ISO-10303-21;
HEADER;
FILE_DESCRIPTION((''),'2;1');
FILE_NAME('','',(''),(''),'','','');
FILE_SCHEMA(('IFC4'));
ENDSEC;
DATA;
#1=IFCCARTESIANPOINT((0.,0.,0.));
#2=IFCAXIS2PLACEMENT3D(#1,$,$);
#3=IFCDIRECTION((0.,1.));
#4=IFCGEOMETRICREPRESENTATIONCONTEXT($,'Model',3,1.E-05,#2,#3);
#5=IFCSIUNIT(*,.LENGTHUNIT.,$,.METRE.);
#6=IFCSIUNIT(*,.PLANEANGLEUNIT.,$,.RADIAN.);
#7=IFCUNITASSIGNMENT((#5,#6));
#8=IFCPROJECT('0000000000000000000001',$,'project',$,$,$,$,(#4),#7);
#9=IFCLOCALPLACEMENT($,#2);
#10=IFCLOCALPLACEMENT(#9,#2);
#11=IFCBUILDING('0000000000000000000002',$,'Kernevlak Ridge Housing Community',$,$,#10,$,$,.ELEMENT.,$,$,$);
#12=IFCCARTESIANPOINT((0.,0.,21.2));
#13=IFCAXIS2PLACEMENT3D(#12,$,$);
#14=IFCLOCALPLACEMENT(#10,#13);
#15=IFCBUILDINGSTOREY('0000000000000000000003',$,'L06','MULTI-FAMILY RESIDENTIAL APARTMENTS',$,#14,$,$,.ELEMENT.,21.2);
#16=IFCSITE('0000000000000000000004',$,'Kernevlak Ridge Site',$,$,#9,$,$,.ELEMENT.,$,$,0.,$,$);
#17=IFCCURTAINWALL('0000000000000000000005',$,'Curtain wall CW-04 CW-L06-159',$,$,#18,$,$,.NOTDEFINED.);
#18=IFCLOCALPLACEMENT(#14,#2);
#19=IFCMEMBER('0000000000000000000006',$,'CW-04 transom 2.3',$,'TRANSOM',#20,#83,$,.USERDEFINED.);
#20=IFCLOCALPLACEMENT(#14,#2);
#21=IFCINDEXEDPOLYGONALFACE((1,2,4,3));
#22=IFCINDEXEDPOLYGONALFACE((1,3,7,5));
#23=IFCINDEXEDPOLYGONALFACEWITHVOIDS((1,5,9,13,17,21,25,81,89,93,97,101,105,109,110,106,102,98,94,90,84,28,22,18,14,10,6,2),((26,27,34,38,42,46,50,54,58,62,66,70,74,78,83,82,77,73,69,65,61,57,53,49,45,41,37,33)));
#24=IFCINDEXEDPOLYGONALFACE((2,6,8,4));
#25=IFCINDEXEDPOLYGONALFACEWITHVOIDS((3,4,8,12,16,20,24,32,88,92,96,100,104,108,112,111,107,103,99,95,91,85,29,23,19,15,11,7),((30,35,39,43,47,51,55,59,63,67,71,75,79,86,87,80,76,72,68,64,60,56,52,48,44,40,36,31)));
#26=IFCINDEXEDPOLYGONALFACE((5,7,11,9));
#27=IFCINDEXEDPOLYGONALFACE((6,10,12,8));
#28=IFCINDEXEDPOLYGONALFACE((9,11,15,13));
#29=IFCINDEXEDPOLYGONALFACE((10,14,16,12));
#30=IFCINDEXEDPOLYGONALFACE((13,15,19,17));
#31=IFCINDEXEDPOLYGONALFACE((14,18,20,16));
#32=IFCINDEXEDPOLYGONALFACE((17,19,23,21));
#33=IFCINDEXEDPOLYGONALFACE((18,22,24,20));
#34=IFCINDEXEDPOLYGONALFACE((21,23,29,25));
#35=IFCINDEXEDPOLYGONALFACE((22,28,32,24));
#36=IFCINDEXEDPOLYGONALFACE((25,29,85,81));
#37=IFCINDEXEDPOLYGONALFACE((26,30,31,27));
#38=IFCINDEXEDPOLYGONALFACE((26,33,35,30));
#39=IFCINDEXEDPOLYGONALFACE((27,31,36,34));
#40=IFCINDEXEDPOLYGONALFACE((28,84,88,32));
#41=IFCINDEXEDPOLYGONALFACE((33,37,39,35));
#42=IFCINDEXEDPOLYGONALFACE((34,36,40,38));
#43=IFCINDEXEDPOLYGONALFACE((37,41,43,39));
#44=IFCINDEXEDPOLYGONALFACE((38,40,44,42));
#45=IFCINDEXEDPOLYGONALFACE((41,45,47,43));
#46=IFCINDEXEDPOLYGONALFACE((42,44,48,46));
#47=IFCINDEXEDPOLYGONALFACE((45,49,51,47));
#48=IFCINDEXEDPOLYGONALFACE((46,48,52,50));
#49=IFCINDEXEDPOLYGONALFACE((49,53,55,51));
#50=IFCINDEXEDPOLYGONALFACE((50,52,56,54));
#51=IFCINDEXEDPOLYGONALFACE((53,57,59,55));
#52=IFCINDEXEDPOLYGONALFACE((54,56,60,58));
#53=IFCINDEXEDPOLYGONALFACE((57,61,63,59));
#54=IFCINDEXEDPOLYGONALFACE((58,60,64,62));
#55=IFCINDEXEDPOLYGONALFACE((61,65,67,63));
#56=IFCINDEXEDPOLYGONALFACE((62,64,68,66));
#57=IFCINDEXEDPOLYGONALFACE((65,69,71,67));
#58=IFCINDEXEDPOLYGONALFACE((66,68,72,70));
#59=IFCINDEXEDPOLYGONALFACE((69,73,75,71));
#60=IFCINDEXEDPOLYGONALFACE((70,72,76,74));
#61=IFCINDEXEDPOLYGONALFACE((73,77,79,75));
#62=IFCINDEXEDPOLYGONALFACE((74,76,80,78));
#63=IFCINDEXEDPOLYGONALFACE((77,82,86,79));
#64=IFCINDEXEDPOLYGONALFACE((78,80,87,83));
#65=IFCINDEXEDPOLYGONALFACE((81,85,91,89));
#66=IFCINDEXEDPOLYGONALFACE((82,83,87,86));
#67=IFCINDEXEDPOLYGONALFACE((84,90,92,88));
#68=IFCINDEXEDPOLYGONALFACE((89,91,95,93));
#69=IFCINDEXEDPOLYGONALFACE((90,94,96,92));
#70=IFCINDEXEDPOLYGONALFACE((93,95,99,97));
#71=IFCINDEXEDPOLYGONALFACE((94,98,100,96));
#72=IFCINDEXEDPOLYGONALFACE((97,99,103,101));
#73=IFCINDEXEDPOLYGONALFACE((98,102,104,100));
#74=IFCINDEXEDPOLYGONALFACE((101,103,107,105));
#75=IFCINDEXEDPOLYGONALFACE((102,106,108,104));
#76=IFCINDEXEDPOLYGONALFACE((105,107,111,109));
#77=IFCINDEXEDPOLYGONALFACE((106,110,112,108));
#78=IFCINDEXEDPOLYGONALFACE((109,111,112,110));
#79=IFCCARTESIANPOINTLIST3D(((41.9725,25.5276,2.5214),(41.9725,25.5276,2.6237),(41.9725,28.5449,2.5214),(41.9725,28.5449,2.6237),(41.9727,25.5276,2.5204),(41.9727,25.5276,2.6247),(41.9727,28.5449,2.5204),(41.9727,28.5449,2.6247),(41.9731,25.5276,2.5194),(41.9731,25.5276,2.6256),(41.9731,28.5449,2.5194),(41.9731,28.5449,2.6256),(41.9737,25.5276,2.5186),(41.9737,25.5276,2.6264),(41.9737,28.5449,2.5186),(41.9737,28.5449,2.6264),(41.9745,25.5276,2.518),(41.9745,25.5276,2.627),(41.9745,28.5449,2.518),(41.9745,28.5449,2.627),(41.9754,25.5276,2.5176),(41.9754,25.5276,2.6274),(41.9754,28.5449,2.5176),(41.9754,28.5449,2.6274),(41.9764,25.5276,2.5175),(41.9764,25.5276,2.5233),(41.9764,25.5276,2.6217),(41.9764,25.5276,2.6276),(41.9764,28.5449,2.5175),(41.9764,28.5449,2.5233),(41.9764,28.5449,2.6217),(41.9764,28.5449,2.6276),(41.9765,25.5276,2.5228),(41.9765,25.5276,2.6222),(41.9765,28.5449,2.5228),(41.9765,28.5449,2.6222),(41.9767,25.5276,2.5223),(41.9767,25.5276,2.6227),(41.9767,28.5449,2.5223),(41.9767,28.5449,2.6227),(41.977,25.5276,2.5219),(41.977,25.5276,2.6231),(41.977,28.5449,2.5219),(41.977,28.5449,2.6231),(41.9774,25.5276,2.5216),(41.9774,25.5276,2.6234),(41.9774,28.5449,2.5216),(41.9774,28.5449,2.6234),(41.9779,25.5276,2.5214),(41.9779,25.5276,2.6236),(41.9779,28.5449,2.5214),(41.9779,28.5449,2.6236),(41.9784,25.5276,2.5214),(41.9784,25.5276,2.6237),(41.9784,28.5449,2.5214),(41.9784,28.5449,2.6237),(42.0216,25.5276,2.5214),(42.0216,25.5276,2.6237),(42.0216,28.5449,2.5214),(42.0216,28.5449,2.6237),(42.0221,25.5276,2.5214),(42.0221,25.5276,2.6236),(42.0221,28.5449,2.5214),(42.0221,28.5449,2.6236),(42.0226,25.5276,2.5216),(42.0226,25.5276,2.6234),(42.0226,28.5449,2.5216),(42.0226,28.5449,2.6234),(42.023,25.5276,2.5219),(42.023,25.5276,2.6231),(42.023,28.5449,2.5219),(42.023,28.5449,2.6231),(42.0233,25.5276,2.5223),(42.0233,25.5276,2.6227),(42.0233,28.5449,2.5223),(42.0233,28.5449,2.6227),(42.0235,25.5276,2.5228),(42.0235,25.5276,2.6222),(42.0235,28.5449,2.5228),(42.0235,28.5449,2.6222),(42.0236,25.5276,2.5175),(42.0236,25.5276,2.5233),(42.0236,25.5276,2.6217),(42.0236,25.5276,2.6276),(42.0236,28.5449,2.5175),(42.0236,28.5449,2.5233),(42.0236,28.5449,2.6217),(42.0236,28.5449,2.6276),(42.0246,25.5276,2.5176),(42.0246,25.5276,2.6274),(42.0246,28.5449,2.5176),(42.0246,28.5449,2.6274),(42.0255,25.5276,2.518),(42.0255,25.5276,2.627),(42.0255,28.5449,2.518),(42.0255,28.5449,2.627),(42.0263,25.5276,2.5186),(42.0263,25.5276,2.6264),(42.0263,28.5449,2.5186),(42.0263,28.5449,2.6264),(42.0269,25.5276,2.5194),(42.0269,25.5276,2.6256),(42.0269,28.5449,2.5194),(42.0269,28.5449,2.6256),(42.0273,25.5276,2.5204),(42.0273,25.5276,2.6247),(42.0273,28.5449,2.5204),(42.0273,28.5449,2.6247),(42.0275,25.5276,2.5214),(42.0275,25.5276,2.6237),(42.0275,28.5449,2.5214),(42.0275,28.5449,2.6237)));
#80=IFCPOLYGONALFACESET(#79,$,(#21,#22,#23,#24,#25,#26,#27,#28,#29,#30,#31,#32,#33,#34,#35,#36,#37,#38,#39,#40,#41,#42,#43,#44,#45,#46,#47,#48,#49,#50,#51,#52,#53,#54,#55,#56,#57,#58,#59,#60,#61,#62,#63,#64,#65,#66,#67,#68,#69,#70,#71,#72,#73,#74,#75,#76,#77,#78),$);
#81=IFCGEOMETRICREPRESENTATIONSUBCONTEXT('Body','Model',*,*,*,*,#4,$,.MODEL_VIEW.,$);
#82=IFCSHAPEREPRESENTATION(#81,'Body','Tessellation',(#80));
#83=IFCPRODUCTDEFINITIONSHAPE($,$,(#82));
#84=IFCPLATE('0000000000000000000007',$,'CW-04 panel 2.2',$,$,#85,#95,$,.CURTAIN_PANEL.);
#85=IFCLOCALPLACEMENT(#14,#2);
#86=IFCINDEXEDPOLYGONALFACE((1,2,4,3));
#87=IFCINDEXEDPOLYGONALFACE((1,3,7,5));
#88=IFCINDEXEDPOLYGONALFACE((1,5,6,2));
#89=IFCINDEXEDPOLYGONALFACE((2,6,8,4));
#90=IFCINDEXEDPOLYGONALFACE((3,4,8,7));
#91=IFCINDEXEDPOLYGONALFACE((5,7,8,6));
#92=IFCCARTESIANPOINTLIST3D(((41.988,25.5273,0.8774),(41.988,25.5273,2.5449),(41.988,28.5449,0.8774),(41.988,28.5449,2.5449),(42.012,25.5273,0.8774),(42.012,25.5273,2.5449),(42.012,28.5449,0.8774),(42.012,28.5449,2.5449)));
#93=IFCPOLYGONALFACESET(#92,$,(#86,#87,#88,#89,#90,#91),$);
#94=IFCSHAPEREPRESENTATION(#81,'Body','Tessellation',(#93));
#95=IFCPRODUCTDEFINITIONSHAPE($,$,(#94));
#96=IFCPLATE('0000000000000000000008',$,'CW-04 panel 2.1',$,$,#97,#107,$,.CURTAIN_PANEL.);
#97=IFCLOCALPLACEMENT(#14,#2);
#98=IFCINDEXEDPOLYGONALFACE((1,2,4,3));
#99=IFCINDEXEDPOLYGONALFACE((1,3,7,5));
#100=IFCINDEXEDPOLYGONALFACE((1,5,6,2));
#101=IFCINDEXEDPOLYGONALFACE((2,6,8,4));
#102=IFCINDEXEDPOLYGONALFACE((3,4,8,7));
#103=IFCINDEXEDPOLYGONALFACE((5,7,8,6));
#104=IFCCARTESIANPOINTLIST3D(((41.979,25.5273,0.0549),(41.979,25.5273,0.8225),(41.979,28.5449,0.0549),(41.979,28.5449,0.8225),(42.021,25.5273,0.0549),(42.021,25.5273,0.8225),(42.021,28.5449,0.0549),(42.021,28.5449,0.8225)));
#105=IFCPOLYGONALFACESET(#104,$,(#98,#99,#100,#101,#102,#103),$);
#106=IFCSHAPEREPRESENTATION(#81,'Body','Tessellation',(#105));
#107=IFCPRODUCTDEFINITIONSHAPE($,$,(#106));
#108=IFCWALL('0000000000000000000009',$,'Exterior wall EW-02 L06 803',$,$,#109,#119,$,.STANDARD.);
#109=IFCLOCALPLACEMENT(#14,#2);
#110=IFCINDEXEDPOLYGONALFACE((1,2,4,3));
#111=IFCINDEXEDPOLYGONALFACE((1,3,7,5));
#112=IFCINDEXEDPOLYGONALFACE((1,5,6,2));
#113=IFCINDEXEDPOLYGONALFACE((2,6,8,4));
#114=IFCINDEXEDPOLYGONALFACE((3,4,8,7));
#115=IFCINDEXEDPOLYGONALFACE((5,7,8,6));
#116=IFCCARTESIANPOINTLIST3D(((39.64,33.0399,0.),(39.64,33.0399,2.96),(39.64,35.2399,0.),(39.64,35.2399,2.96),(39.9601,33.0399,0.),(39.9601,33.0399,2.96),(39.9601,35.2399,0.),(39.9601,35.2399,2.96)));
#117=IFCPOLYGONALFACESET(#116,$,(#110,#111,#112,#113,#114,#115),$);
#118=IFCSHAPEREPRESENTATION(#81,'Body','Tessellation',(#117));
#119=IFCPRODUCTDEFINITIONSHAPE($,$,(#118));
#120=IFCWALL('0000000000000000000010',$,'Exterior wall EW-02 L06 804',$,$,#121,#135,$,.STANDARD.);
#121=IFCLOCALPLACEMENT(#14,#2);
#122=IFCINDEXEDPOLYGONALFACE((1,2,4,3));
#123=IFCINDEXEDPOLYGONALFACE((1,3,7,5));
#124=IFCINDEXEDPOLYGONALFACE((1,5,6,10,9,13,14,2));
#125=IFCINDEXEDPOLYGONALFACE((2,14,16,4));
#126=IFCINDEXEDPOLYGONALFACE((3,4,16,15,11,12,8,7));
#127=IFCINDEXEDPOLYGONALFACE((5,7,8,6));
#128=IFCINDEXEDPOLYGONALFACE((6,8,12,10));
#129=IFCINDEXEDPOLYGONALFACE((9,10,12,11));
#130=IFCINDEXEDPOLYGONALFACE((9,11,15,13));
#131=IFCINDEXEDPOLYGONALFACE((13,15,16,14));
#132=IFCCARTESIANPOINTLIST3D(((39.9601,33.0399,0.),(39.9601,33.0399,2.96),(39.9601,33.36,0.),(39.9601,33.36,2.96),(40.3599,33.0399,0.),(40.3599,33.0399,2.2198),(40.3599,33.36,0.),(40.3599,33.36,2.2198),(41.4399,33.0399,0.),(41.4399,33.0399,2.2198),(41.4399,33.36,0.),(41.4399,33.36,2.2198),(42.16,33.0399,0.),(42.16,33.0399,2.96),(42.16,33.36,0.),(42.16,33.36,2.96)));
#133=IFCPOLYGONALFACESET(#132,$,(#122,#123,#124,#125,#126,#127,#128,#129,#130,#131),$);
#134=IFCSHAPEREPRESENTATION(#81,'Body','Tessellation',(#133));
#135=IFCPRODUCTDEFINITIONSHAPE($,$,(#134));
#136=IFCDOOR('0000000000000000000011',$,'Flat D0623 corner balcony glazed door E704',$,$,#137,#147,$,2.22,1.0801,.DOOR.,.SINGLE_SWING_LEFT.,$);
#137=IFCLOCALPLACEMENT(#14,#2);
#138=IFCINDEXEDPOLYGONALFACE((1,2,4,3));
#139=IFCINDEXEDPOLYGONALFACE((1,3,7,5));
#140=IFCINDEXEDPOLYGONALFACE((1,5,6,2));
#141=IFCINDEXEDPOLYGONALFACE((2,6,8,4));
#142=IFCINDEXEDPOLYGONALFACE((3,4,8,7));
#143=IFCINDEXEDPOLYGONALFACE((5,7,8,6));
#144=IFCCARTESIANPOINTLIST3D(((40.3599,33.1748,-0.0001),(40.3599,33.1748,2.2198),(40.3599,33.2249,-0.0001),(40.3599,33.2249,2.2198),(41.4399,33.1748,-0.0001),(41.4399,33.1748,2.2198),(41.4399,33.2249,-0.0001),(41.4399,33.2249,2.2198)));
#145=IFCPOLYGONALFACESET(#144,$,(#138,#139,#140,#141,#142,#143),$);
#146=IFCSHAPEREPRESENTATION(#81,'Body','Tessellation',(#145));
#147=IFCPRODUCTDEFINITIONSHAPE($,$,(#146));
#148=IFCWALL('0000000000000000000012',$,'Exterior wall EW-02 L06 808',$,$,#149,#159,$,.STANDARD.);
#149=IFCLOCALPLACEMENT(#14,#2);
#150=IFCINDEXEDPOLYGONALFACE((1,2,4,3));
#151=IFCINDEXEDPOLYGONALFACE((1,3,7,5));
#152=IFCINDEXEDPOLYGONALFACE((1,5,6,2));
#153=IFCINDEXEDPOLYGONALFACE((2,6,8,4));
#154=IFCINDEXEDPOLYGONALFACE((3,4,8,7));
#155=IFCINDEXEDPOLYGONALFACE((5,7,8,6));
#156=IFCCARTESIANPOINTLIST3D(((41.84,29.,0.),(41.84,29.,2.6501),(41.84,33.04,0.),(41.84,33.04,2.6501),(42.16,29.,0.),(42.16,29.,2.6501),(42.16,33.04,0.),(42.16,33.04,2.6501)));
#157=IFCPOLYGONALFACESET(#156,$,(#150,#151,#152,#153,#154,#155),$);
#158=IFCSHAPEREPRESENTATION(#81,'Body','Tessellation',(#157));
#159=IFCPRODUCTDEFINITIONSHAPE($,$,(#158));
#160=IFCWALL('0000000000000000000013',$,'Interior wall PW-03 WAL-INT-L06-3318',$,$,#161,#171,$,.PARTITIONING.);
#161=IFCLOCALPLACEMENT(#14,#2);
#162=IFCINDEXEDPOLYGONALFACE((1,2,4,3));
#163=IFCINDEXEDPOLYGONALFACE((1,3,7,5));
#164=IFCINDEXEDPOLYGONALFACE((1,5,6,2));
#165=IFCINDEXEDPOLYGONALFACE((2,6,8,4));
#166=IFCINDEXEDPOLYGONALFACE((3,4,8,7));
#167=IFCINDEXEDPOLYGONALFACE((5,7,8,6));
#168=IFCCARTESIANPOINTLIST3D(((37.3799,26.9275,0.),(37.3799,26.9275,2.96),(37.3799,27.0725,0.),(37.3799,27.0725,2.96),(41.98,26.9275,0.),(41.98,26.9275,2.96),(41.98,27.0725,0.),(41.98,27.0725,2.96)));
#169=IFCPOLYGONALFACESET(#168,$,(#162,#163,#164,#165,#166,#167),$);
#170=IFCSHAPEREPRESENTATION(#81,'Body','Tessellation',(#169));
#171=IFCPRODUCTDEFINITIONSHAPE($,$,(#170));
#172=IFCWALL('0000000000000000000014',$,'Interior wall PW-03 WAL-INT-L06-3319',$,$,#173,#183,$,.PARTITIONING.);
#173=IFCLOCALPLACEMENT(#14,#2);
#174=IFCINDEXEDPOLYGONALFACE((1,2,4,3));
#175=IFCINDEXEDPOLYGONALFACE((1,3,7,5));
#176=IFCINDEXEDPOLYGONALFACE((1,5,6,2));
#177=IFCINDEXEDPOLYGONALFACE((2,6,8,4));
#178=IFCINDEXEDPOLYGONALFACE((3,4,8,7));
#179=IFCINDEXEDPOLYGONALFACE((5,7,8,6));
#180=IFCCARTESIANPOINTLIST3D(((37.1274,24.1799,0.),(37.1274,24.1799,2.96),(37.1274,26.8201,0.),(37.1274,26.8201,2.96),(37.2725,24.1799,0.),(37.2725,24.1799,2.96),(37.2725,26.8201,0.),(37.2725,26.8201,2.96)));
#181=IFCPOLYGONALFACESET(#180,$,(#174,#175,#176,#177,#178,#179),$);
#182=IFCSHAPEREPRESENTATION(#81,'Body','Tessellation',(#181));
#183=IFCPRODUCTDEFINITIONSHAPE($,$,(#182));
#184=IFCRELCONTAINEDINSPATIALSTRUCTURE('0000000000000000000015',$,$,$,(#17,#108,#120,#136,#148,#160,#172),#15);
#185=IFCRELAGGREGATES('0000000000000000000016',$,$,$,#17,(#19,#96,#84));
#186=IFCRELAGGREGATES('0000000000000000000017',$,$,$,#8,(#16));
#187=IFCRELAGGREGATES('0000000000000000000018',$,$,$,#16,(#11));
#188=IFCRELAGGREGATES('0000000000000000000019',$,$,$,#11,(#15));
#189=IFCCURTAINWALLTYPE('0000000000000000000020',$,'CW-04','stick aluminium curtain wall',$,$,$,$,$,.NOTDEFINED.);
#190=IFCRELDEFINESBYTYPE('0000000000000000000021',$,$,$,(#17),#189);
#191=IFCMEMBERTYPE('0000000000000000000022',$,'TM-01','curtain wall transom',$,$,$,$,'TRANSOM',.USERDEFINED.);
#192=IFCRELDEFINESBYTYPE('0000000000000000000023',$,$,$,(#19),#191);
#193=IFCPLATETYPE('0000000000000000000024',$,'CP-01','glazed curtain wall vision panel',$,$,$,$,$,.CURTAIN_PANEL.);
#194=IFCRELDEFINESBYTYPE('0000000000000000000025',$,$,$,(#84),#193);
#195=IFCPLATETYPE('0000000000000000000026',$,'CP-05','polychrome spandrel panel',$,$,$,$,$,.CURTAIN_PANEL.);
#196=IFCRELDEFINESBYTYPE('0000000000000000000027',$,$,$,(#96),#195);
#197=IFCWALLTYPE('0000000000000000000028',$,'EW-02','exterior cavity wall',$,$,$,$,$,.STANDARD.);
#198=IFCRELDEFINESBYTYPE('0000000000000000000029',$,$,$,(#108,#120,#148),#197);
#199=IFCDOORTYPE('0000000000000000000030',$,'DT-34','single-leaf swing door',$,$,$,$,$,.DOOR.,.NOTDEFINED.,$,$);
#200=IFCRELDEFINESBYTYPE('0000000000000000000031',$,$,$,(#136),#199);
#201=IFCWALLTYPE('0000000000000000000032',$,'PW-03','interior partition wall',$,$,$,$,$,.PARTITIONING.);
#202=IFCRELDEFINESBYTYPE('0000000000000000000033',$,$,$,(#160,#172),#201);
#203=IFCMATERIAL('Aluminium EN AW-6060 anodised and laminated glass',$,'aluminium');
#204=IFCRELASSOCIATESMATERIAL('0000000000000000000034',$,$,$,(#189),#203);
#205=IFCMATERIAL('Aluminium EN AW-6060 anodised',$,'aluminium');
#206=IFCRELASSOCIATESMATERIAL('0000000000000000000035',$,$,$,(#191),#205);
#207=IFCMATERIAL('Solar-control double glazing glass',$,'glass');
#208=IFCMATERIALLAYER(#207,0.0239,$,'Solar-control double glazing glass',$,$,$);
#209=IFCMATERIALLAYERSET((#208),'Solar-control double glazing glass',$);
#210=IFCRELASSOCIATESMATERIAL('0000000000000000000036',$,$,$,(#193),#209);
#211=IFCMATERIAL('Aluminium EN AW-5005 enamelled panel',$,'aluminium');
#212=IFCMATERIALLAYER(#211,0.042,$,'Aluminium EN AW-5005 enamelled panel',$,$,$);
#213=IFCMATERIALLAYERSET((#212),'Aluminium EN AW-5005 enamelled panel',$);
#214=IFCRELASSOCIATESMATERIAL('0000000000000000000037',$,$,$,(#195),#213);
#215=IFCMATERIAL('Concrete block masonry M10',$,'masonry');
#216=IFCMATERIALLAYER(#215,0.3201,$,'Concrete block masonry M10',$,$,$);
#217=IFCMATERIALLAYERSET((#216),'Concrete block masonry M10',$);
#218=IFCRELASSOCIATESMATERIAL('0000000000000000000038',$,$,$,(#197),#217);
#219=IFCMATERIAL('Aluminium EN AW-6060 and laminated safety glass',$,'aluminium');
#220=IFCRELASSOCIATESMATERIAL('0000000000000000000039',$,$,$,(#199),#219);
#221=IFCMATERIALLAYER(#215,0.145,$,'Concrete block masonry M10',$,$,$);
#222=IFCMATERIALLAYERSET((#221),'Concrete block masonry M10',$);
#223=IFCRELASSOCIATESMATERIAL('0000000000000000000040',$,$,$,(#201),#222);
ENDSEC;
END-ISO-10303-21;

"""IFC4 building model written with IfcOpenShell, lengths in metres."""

from ifc_helpers import new_model, si_unit, direction, frame, frame_2d, origin, origin_2d, place, context, subcontext, project, spatial, rectangle, hollow_rectangle, extrude, material, layer, layer_set, material_profile, profile_set, type_object, element, fill, aggregate, save


model = new_model("IFC4")

# Units and contexts
model_context = context("Model", 3, precision=1e-05, world=origin(), true_north=direction((0.0, 1.0)))
body_context = subcontext(model_context, "Body", "Model", "MODEL_VIEW")
ifc_project = project(units=[si_unit("LENGTHUNIT", "METRE"), si_unit("PLANEANGLEUNIT", "RADIAN")], contexts=[model_context])

# Site, building, storey
site_placement = place(None, origin())
site = spatial("IfcSite", under=ifc_project, at=site_placement, Name="Kernevlak Ridge Site", CompositionType="ELEMENT", RefElevation=0.0)
building_placement = place(site_placement, origin())
building = spatial("IfcBuilding", under=site, at=building_placement, Name="Kernevlak Ridge Housing Community", CompositionType="ELEMENT")
storey_placement = place(building_placement, frame((0.0, 0.0, 21.2)))
storey = spatial("IfcBuildingStorey", under=building, at=storey_placement, Name="L06", Description="MULTI-FAMILY RESIDENTIAL APARTMENTS", CompositionType="ELEMENT", Elevation=21.2)

# Curtain wall
ifc_material_1 = material(Name="Aluminium EN AW-6060 anodised and laminated glass", Category="aluminium")
curtain_wall_type = type_object("IfcCurtainWallType", Name="CW-04", Description="stick aluminium curtain wall", PredefinedType="NOTDEFINED", material=ifc_material_1)
curtain_wall_placement = place(storey_placement, origin())
curtain_wall = element("IfcCurtainWall", 1, at=curtain_wall_placement, inside=storey, type_object=curtain_wall_type, Name="Curtain wall CW-04 CW-L06-159", PredefinedType="NOTDEFINED")
ifc_material_2 = material(Name="Aluminium EN AW-6060 anodised", Category="aluminium")

# Member
ifc_material_profile_1 = material_profile(ifc_material_2, hollow_rectangle(XDim=0.0549, YDim=0.1101, WallThickness=0.0039, InnerFilletRadius=0.002, OuterFilletRadius=0.0039, at=origin_2d()), Name="ALU 55x110x4")
ifc_profile_set_1 = profile_set([ifc_material_profile_1], Name="Aluminium EN AW-6060 anodised")
member_type_1 = type_object("IfcMemberType", Name="TM-01", Description="curtain wall transom", ElementType="TRANSOM", PredefinedType="USERDEFINED", material=ifc_profile_set_1)
member_1_placement = place(storey_placement, frame((42.0, 25.5276, 2.5725), z_axis=(0.0, 1.0, 0.0), x_axis=(-1.0, 0.0, 0.0)))
member_1 = element("IfcMember", 2, at=member_1_placement, type_object=member_type_1, Name="CW-04 transom 2.3", ObjectType="TRANSOM", PredefinedType="USERDEFINED", context=body_context, shape_type="SweptSolid", body=[
    extrude(hollow_rectangle(XDim=0.0549, YDim=0.1101, WallThickness=0.0039, InnerFilletRadius=0.002, OuterFilletRadius=0.0039, at=origin_2d()), origin(), (0.0, 0.0, 1.0), 3.0173),
])

# Plates
ifc_material_3 = material(Name="Solar-control double glazing glass", Category="glass")
ifc_layer_1 = layer(ifc_material_3, 0.0239, Name="Solar-control double glazing glass")
ifc_layer_set_1 = layer_set([ifc_layer_1], Name="Solar-control double glazing glass")
plate_type_1 = type_object("IfcPlateType", Name="CP-01", Description="glazed curtain wall vision panel", PredefinedType="CURTAIN_PANEL", material=ifc_layer_set_1)
plate_1_placement = place(storey_placement, frame((42.0, 27.0361, 0.8774), z_axis=(0.0, 0.0, 1.0), x_axis=(0.0, 1.0, 0.0)))
plate_1 = element("IfcPlate", 3, at=plate_1_placement, type_object=plate_type_1, Name="CW-04 panel 2.2", PredefinedType="CURTAIN_PANEL", context=body_context, shape_type="SweptSolid", body=[
    extrude(rectangle(XDim=3.0176, YDim=0.0239, at=origin_2d()), origin(), (0.0, 0.0, 1.0), 1.6675),
])
ifc_material_4 = material(Name="Aluminium EN AW-5005 enamelled panel", Category="aluminium")
ifc_layer_2 = layer(ifc_material_4, 0.042, Name="Aluminium EN AW-5005 enamelled panel")
ifc_layer_set_2 = layer_set([ifc_layer_2], Name="Aluminium EN AW-5005 enamelled panel")
plate_type_2 = type_object("IfcPlateType", Name="CP-05", Description="polychrome spandrel panel", PredefinedType="CURTAIN_PANEL", material=ifc_layer_set_2)
plate_2_placement = place(storey_placement, frame((42.0, 27.0361, 0.0549), z_axis=(0.0, 0.0, 1.0), x_axis=(0.0, 1.0, 0.0)))
plate_2 = element("IfcPlate", 4, at=plate_2_placement, type_object=plate_type_2, Name="CW-04 panel 2.1", PredefinedType="CURTAIN_PANEL", context=body_context, shape_type="SweptSolid", body=[
    extrude(rectangle(XDim=3.0176, YDim=0.042, at=origin_2d()), origin(), (0.0, 0.0, 1.0), 0.7676),
])
aggregate(curtain_wall, [member_1, plate_2, plate_1])

# Wall
ifc_material_5 = material(Name="Concrete block masonry M10", Category="masonry")
ifc_layer_3 = layer(ifc_material_5, 0.3201, Name="Concrete block masonry M10")
ifc_layer_set_3 = layer_set([ifc_layer_3], Name="Concrete block masonry M10")
wall_type_1 = type_object("IfcWallType", Name="EW-02", Description="exterior cavity wall", PredefinedType="STANDARD", material=ifc_layer_set_3)
wall_1_placement = place(storey_placement, frame((39.8, 35.24, 0.0), z_axis=(0.0, 0.0, 1.0), x_axis=(0.0, -1.0, 0.0)))
element("IfcWall", 5, at=wall_1_placement, inside=storey, type_object=wall_type_1, Name="Exterior wall EW-02 L06 803", PredefinedType="STANDARD", context=body_context, shape_type="SweptSolid", body=[
    extrude(rectangle(XDim=2.2, YDim=0.3201, at=frame_2d((1.1001, 0.0))), origin(), (0.0, 0.0, 1.0), 2.96),
])

# Wall, opening, door
wall_2_placement = place(storey_placement, frame((39.96, 33.2, 0.0), z_axis=(0.0, 0.0, 1.0), x_axis=(1.0, 0.0, 0.0)))
wall_2 = element("IfcWall", 6, at=wall_2_placement, inside=storey, type_object=wall_type_1, Name="Exterior wall EW-02 L06 804", PredefinedType="STANDARD", context=body_context, shape_type="SweptSolid", body=[
    extrude(rectangle(XDim=2.2, YDim=0.3201, at=frame_2d((1.1001, 0.0))), origin(), (0.0, 0.0, 1.0), 2.96),
])
opening_1_placement = place(wall_2_placement, frame((0.3999, 0.0, 0.0)))
opening_1 = element("IfcOpeningElement", 7, at=opening_1_placement, cuts=wall_2, PredefinedType="OPENING", context=body_context, shape_type="SweptSolid", body=[
    extrude(rectangle(XDim=1.0801, YDim=2.22, at=frame_2d((0.54, 1.1099))), frame((0.0, 0.1699, 0.0), z_axis=(0.0, -1.0, 0.0), x_axis=(1.0, 0.0, 0.0)), (0.0, 0.0, 1.0), 0.3401),
])
ifc_material_6 = material(Name="Aluminium EN AW-6060 and laminated safety glass", Category="aluminium")
door_type_1 = type_object("IfcDoorType", Name="DT-34", Description="single-leaf swing door", OperationType="NOTDEFINED", PredefinedType="DOOR", material=ifc_material_6)
door_1_placement = place(opening_1_placement, origin())
door_1 = element("IfcDoor", 8, at=door_1_placement, inside=storey, type_object=door_type_1, Name="Flat D0623 corner balcony glazed door E704", OperationType="SINGLE_SWING_LEFT", OverallHeight=2.22, OverallWidth=1.0801, PredefinedType="DOOR", context=body_context, shape_type="SweptSolid", body=[
    extrude(rectangle(XDim=1.0801, YDim=2.22, at=frame_2d((0.54, 1.1099))), frame((0.0, 0.0249, 0.0), z_axis=(0.0, -1.0, 0.0), x_axis=(1.0, 0.0, 0.0)), (0.0, 0.0, 1.0), 0.05),
])
fill(opening_1, door_1)

# Walls
wall_3_placement = place(storey_placement, frame((42.0, 29.0, 0.0), z_axis=(0.0, 0.0, 1.0), x_axis=(0.0, 1.0, 0.0)))
element("IfcWall", 9, at=wall_3_placement, inside=storey, type_object=wall_type_1, Name="Exterior wall EW-02 L06 808", PredefinedType="STANDARD", context=body_context, shape_type="SweptSolid", body=[
    extrude(rectangle(XDim=4.04, YDim=0.3201, at=frame_2d((2.02, 0.0))), origin(), (0.0, 0.0, 1.0), 2.6501),
])
ifc_layer_4 = layer(ifc_material_5, 0.145, Name="Concrete block masonry M10")
ifc_layer_set_4 = layer_set([ifc_layer_4], Name="Concrete block masonry M10")
wall_type_2 = type_object("IfcWallType", Name="PW-03", Description="interior partition wall", PredefinedType="PARTITIONING", material=ifc_layer_set_4)
wall_4_placement = place(storey_placement, frame((37.3799, 27.0, 0.0), z_axis=(0.0, 0.0, 1.0), x_axis=(1.0, 0.0, 0.0)))
element("IfcWall", 10, at=wall_4_placement, inside=storey, type_object=wall_type_2, Name="Interior wall PW-03 WAL-INT-L06-3318", PredefinedType="PARTITIONING", context=body_context, shape_type="SweptSolid", body=[
    extrude(rectangle(XDim=4.6001, YDim=0.145, at=frame_2d((2.3, 0.0))), origin(), (0.0, 0.0, 1.0), 2.96),
])
wall_5_placement = place(storey_placement, frame((37.2, 24.1799, 0.0), z_axis=(0.0, 0.0, 1.0), x_axis=(0.0, 1.0, 0.0)))
element("IfcWall", 11, at=wall_5_placement, inside=storey, type_object=wall_type_2, Name="Interior wall PW-03 WAL-INT-L06-3319", PredefinedType="PARTITIONING", context=body_context, shape_type="SweptSolid", body=[
    extrude(rectangle(XDim=2.6401, YDim=0.145, at=frame_2d((1.3201, 0.0))), origin(), (0.0, 0.0, 1.0), 2.96),
])

save(model, "model.ifc")
